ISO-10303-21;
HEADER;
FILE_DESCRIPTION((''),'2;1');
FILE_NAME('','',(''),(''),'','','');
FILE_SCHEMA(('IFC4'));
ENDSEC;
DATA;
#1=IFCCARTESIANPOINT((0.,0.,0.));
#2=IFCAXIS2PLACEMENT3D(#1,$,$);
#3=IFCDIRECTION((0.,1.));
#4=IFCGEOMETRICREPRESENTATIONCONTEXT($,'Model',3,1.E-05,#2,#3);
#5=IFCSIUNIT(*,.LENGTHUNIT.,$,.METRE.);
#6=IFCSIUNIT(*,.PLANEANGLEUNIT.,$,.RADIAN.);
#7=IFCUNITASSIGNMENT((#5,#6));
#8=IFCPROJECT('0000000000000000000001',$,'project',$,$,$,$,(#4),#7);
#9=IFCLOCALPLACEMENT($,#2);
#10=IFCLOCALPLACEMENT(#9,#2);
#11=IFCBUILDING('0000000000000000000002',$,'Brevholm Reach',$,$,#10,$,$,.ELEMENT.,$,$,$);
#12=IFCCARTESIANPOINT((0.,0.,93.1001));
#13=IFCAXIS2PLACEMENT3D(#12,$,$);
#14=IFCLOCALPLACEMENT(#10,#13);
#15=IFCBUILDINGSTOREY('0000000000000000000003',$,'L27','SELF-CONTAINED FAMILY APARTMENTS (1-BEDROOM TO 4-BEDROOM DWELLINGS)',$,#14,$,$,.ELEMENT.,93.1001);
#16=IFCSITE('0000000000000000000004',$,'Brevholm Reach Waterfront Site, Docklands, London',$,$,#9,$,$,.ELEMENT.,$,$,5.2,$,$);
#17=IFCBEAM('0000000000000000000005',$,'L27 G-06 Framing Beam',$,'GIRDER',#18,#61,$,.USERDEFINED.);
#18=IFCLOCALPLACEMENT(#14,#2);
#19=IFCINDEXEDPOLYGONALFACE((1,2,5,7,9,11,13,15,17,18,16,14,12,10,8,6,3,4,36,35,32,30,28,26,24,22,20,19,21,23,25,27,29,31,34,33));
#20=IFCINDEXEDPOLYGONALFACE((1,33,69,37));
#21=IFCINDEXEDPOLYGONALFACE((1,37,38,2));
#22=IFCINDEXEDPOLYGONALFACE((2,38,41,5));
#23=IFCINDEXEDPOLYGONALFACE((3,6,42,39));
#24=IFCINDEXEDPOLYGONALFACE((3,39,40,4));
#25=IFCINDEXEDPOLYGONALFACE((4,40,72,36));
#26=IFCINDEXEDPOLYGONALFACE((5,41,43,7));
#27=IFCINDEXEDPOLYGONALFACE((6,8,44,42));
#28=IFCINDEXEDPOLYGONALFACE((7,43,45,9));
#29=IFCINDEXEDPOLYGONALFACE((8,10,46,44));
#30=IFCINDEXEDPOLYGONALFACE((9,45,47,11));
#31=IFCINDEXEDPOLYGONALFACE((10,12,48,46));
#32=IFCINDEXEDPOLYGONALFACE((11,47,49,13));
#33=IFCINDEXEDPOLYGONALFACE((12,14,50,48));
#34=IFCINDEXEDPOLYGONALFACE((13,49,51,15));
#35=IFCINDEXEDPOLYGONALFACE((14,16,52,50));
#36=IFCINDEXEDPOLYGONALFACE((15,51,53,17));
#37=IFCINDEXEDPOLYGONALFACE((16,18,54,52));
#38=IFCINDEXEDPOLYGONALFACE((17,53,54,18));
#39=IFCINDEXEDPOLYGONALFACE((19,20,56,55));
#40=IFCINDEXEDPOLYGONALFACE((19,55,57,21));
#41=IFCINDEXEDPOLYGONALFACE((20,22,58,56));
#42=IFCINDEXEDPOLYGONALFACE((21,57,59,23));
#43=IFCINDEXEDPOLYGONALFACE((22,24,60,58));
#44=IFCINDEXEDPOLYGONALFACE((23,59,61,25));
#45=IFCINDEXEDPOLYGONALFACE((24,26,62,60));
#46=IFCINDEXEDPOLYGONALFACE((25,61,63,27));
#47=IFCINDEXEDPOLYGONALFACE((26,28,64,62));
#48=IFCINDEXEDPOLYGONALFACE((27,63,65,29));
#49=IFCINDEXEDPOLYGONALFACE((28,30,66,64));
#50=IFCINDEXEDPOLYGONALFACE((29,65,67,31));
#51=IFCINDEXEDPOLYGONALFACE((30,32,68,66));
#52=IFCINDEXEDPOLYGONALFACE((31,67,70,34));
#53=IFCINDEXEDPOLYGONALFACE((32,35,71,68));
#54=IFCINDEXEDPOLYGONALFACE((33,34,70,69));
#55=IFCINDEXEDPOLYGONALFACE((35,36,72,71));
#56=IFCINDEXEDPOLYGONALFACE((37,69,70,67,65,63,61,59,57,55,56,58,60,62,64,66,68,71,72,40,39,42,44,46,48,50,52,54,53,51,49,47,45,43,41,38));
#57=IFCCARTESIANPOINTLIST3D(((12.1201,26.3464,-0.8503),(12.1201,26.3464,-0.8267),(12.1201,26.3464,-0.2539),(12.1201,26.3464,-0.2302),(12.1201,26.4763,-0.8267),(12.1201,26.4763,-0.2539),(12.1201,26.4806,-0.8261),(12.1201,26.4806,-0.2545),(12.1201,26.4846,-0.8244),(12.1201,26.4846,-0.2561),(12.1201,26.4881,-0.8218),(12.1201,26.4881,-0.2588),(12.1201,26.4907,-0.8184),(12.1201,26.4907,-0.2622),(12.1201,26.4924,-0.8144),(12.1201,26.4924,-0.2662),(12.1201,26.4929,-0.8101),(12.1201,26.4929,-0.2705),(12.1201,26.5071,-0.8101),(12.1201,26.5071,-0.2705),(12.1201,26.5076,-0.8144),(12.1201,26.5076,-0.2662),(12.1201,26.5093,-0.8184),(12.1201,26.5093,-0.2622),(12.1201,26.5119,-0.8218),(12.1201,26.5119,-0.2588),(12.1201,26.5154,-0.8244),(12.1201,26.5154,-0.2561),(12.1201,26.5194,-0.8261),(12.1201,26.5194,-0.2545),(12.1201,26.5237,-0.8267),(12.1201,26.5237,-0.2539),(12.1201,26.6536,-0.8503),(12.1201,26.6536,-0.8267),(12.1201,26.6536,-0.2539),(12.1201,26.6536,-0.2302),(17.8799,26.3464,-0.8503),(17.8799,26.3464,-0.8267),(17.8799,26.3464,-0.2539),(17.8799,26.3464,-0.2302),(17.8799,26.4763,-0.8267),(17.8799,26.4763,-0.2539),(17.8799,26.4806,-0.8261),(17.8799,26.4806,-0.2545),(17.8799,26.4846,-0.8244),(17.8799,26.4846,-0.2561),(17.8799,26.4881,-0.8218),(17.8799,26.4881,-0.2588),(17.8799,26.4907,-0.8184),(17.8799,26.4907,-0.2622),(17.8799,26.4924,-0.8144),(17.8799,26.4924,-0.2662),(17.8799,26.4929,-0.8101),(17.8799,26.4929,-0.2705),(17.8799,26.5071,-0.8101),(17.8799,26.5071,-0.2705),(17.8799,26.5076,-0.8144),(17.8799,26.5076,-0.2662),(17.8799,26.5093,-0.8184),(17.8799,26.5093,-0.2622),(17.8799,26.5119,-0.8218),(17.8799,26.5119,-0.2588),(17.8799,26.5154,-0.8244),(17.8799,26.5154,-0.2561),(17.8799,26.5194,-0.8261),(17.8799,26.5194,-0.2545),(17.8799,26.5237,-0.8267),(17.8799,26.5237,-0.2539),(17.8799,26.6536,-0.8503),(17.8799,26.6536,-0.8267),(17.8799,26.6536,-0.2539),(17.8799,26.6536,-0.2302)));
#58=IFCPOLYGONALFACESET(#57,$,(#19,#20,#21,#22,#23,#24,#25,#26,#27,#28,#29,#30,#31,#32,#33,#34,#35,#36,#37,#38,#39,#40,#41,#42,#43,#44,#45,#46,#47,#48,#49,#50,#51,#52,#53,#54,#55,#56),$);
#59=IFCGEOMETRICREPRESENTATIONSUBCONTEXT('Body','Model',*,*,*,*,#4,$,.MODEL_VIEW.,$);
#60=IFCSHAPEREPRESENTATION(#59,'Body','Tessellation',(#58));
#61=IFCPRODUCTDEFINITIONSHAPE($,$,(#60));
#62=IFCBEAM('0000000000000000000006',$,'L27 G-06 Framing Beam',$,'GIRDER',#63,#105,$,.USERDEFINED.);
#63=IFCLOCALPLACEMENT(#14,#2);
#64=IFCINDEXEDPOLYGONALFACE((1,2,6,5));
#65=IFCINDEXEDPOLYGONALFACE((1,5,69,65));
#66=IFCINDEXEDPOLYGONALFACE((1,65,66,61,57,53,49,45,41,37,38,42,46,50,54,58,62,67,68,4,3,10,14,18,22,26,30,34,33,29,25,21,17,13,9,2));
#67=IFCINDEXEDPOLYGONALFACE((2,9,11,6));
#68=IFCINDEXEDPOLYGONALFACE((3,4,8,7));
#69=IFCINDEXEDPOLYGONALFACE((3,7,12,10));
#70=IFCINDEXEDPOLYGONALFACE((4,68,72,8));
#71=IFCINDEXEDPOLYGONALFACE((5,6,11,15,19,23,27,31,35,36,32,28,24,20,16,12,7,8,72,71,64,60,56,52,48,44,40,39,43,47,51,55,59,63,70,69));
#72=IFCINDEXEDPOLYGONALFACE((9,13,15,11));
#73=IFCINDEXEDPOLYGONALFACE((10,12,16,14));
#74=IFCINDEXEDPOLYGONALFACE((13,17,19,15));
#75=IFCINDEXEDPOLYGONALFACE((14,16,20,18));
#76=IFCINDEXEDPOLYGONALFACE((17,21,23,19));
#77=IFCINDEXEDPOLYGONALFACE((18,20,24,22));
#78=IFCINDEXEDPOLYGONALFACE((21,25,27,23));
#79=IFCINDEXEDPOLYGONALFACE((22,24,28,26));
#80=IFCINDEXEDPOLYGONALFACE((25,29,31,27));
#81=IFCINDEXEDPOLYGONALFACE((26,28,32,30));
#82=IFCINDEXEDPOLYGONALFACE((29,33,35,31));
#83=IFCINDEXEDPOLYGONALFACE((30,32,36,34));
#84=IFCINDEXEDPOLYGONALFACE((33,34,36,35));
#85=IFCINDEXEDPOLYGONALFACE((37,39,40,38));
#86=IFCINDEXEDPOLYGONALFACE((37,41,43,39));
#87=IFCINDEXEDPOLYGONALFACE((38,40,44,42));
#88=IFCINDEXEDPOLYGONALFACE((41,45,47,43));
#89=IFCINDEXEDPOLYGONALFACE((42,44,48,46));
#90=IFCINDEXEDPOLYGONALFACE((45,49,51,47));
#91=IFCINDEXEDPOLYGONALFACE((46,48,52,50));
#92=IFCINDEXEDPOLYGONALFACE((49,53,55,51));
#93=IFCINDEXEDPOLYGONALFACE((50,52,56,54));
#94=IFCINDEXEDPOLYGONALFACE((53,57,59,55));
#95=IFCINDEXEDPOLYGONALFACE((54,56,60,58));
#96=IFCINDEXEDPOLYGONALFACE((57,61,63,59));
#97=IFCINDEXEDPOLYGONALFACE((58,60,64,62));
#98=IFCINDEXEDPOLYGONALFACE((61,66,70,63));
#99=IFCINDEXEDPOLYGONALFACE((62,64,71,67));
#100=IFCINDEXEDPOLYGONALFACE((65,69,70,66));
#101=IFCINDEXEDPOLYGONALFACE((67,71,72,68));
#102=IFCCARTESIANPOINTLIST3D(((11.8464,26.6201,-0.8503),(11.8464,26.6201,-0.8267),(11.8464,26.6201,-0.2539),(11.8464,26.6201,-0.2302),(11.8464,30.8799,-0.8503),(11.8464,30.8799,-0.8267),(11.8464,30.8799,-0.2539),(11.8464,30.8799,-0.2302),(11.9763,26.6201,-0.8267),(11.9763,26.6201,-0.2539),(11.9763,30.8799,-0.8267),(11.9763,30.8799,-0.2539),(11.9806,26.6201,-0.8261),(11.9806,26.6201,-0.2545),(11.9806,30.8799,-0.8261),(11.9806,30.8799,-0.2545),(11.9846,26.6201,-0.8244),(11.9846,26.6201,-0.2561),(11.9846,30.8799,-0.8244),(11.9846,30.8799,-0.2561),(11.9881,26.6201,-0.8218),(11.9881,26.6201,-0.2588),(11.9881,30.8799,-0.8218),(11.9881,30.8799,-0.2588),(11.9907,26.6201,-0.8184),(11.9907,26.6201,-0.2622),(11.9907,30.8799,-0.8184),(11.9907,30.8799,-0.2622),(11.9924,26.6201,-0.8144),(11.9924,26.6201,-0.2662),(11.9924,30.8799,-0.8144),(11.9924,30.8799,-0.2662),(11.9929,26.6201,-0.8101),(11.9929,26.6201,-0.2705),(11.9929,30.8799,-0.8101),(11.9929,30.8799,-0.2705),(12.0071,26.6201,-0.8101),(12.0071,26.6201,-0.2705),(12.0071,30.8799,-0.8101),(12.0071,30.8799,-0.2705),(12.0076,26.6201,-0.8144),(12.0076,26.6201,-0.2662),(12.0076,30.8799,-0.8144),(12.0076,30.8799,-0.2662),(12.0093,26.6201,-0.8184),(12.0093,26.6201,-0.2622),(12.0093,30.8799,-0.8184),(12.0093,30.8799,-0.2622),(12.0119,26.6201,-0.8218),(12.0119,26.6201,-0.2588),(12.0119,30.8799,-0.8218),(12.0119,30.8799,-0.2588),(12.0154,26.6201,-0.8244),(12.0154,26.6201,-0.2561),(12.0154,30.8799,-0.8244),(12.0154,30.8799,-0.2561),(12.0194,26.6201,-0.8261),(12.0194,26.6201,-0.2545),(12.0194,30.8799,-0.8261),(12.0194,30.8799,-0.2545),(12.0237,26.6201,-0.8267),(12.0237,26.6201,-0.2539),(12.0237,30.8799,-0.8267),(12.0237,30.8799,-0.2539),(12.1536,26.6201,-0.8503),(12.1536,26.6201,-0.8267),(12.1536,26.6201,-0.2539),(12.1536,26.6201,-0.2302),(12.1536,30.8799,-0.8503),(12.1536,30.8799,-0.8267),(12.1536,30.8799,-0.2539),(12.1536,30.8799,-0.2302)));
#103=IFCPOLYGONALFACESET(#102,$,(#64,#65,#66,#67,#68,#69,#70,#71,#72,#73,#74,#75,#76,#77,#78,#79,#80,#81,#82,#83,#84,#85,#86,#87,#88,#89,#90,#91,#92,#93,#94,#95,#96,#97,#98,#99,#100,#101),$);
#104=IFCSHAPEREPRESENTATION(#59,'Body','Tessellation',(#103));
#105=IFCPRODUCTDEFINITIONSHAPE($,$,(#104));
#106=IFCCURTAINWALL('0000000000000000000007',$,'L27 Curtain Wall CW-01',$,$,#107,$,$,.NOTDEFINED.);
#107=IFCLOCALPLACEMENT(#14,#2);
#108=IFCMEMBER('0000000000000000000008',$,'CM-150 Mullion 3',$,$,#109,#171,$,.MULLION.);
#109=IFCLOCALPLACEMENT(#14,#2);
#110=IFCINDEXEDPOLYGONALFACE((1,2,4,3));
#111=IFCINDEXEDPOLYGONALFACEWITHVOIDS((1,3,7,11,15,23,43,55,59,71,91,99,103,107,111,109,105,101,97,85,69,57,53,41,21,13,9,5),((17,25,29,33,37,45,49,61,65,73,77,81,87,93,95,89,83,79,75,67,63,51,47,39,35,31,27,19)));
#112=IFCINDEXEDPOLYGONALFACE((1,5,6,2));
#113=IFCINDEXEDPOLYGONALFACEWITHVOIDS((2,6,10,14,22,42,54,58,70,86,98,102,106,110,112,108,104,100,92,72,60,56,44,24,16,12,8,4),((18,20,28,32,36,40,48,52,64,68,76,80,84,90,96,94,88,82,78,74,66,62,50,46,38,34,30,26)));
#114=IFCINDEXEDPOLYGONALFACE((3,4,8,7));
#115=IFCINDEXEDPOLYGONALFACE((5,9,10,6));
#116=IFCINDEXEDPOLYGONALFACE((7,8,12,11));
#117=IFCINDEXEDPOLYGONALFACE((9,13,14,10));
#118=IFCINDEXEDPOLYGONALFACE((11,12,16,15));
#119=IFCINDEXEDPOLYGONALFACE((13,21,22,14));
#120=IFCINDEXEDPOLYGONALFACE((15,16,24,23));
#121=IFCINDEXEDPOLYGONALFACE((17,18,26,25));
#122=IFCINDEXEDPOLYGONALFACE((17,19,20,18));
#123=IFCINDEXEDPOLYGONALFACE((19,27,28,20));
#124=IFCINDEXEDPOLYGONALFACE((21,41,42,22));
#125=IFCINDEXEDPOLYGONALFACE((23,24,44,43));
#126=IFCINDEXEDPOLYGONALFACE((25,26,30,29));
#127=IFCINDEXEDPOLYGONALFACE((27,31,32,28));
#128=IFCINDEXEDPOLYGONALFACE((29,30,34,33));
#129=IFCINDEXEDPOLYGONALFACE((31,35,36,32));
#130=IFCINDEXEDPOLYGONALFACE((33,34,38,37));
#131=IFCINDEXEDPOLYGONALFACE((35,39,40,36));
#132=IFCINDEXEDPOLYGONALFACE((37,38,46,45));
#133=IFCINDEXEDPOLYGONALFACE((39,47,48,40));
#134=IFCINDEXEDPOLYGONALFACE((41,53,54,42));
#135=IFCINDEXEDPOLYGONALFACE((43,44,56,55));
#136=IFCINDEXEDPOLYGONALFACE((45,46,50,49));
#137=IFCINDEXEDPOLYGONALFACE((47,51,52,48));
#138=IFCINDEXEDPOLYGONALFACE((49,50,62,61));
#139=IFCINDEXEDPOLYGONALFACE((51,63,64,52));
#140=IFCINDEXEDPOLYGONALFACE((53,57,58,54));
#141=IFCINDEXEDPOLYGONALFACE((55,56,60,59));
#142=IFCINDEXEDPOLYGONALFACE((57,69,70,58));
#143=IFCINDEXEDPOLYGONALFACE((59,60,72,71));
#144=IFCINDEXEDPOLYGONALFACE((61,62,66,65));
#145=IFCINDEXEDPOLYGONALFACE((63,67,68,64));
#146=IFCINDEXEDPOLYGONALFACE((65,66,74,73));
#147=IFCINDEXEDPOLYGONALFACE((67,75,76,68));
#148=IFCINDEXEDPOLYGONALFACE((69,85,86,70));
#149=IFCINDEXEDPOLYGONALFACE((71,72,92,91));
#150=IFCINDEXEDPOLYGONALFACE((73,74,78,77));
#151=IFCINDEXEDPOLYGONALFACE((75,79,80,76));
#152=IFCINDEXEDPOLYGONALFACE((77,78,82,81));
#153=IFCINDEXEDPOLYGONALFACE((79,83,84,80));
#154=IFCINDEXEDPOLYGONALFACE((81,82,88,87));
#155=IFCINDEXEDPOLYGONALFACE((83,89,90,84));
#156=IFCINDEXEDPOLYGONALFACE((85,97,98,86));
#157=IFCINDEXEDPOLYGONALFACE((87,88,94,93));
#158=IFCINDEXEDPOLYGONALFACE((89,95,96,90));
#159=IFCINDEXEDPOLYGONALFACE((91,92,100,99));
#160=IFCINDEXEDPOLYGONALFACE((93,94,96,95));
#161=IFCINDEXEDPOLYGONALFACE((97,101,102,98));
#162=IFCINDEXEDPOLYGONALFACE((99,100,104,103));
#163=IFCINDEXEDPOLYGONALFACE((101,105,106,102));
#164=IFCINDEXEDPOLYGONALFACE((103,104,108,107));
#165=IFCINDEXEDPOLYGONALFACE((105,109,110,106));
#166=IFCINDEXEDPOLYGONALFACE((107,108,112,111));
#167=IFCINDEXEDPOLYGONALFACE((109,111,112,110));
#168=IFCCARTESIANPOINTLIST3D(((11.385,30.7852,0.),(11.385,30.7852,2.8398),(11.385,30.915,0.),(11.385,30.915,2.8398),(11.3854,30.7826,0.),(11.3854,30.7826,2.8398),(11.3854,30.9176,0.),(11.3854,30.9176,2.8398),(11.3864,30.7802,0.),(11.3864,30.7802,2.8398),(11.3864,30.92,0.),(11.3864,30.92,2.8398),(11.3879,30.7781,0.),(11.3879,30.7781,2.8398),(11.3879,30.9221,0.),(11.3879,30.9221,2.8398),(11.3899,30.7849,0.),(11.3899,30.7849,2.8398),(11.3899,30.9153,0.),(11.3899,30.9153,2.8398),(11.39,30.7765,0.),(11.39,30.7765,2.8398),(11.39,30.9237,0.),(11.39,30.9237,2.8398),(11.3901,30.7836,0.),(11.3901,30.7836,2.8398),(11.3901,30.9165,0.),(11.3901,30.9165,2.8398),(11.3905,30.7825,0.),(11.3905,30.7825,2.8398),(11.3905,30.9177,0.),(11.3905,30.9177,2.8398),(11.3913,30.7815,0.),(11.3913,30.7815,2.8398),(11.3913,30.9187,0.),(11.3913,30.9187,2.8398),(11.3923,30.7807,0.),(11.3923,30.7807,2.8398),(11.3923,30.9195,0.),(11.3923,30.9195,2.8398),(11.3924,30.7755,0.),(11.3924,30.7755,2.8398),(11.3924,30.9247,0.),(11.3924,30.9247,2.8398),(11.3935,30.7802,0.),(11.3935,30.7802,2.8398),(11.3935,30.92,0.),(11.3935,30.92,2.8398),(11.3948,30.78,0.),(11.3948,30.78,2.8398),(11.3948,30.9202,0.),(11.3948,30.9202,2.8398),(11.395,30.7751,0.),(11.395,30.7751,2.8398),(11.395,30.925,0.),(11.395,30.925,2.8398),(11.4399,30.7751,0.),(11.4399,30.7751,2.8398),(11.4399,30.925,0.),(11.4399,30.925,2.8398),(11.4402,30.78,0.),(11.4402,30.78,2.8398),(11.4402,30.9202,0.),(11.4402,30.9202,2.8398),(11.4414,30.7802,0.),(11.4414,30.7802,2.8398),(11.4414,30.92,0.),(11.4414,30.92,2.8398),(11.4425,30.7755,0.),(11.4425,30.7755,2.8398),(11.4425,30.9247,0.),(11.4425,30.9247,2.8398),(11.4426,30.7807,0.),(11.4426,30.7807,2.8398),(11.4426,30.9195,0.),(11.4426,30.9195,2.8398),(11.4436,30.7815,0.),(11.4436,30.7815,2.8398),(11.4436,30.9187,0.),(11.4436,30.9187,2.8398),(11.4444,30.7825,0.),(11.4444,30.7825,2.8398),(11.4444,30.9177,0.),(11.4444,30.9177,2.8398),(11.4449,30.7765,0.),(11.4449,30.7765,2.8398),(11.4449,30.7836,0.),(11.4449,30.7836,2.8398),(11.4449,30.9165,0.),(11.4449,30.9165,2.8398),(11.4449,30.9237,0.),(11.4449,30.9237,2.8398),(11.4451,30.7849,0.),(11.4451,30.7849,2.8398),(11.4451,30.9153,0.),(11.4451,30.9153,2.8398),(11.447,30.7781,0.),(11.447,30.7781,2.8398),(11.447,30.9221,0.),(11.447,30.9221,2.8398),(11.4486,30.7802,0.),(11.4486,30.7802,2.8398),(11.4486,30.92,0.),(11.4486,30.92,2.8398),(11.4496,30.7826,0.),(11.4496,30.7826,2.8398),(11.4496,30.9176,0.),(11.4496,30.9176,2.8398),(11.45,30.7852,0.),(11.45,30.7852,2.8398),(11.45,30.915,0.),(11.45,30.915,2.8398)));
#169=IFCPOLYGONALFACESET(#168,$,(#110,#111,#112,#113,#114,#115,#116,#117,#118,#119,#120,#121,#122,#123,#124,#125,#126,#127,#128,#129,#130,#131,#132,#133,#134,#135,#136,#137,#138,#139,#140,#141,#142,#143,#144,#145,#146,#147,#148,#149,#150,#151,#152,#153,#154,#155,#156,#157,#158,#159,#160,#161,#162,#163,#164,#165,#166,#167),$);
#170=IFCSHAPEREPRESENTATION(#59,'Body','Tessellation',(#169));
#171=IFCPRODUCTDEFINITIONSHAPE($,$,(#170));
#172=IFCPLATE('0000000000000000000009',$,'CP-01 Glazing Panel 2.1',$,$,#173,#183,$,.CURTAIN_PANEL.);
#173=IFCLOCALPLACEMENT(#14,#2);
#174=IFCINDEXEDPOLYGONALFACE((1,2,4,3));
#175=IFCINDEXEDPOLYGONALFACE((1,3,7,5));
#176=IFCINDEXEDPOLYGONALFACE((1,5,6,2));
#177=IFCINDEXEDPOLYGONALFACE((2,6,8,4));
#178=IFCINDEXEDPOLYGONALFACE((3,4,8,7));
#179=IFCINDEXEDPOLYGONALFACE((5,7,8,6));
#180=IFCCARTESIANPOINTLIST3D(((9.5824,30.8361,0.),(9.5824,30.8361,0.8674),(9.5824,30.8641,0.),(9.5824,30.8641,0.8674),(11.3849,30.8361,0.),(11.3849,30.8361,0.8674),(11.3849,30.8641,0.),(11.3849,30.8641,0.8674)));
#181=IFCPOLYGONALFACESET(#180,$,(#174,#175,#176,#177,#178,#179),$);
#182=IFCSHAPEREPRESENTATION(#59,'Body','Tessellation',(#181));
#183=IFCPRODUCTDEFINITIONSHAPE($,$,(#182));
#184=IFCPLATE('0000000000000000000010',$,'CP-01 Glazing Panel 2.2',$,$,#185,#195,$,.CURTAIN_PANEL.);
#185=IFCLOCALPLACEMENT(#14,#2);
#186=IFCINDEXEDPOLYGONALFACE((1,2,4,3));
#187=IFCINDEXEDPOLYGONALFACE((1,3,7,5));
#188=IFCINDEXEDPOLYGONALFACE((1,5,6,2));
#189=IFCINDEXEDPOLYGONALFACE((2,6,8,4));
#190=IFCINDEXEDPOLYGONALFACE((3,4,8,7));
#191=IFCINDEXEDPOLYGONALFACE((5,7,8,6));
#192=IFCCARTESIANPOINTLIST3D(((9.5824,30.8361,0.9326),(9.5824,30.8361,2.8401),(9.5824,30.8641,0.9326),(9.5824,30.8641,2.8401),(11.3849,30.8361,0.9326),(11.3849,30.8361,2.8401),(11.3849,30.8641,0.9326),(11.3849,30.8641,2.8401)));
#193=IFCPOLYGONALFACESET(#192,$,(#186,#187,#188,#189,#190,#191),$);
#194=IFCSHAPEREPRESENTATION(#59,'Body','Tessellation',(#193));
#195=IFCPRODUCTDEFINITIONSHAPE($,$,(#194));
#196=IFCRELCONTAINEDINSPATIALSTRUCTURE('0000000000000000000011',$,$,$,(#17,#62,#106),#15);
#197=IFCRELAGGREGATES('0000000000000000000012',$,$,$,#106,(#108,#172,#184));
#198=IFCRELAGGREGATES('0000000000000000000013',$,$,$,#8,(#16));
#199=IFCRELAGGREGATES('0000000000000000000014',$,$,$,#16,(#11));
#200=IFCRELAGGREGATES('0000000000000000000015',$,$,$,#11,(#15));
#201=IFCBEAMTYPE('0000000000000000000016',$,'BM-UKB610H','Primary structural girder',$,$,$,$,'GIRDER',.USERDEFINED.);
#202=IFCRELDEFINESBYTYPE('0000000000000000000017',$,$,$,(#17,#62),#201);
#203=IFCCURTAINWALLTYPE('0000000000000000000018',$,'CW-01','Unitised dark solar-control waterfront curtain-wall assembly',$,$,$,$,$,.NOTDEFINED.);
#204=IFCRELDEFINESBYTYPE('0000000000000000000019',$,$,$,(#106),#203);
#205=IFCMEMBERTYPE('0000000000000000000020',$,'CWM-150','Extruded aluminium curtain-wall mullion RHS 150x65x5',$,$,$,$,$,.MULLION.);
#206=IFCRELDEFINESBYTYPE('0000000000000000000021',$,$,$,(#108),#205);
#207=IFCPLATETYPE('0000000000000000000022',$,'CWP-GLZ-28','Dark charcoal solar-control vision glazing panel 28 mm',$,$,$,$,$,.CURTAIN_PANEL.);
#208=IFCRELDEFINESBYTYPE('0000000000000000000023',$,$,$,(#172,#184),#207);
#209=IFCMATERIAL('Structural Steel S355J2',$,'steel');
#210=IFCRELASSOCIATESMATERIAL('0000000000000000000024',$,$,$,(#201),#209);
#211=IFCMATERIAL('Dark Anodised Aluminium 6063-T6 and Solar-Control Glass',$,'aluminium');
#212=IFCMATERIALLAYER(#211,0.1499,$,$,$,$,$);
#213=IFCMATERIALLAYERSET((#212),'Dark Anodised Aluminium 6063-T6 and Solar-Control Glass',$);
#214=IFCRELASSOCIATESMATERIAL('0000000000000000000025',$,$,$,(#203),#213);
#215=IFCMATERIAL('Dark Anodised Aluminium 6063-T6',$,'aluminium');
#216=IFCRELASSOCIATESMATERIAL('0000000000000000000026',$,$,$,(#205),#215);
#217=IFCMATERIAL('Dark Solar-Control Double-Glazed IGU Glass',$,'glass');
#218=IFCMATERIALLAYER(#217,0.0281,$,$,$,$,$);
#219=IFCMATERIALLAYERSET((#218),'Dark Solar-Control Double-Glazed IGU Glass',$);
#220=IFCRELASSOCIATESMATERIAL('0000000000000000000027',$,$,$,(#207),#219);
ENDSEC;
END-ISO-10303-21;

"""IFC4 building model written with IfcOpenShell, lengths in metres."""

from ifc_helpers import new_model, si_unit, direction, frame, origin, origin_2d, place, context, subcontext, project, spatial, rectangle, hollow_rectangle, i_section, extrude, material, layer, layer_set, material_profile, profile_set, type_object, element, aggregate, save


model = new_model("IFC4")

# Units and contexts
model_context = context("Model", 3, precision=1e-05, world=origin(), true_north=direction((0.0, 1.0)))
body_context = subcontext(model_context, "Body", "Model", "MODEL_VIEW")
ifc_project = project(units=[si_unit("LENGTHUNIT", "METRE"), si_unit("PLANEANGLEUNIT", "RADIAN")], contexts=[model_context])

# Site, building, storey
site_placement = place(None, origin())
site = spatial("IfcSite", under=ifc_project, at=site_placement, Name="Brevholm Reach Waterfront Site, Docklands, London", CompositionType="ELEMENT", RefElevation=5.2)
building_placement = place(site_placement, origin())
building = spatial("IfcBuilding", under=site, at=building_placement, Name="Brevholm Reach", CompositionType="ELEMENT")
storey_placement = place(building_placement, frame((0.0, 0.0, 93.1001)))
storey = spatial("IfcBuildingStorey", under=building, at=storey_placement, Name="L27", Description="SELF-CONTAINED FAMILY APARTMENTS (1-BEDROOM TO 4-BEDROOM DWELLINGS)", CompositionType="ELEMENT", Elevation=93.1001)

# Beams
ifc_material_1 = material(Name="Structural Steel S355J2", Category="steel")
ifc_material_profile_1 = material_profile(ifc_material_1, i_section(OverallWidth=0.3071, OverallDepth=0.6201, WebThickness=0.0142, FlangeThickness=0.0237, FilletRadius=0.0166, at=origin_2d()), Name="UKB 610x305x179")
ifc_profile_set_1 = profile_set([ifc_material_profile_1], Name="Structural Steel S355J2")
beam_type_1 = type_object("IfcBeamType", Name="BM-UKB610H", Description="Primary structural girder", ElementType="GIRDER", PredefinedType="USERDEFINED", material=ifc_profile_set_1)
beam_1_placement = place(storey_placement, frame((12.1201, 26.5, -0.5403), z_axis=(1.0, 0.0, 0.0), x_axis=(0.0, 1.0, 0.0)))
element("IfcBeam", 1, at=beam_1_placement, inside=storey, type_object=beam_type_1, Name="L27 G-06 Framing Beam", ObjectType="GIRDER", PredefinedType="USERDEFINED", context=body_context, shape_type="SweptSolid", body=[
    extrude(i_section(OverallWidth=0.3071, OverallDepth=0.6201, WebThickness=0.0142, FlangeThickness=0.0237, FilletRadius=0.0166, at=origin_2d()), origin(), (0.0, 0.0, 1.0), 5.7598),
])
beam_2_placement = place(storey_placement, frame((12.0, 26.6201, -0.5403), z_axis=(0.0, 1.0, 0.0), x_axis=(-1.0, 0.0, 0.0)))
element("IfcBeam", 2, at=beam_2_placement, inside=storey, type_object=beam_type_1, Name="L27 G-06 Framing Beam", ObjectType="GIRDER", PredefinedType="USERDEFINED", context=body_context, shape_type="SweptSolid", body=[
    extrude(i_section(OverallWidth=0.3071, OverallDepth=0.6201, WebThickness=0.0142, FlangeThickness=0.0237, FilletRadius=0.0166, at=origin_2d()), origin(), (0.0, 0.0, 1.0), 4.2598),
])

# Curtain wall, member, plates
ifc_material_2 = material(Name="Dark Anodised Aluminium 6063-T6 and Solar-Control Glass", Category="aluminium")
ifc_layer_1 = layer(ifc_material_2, 0.1499)
ifc_layer_set_1 = layer_set([ifc_layer_1], Name="Dark Anodised Aluminium 6063-T6 and Solar-Control Glass")
curtain_wall_type = type_object("IfcCurtainWallType", Name="CW-01", Description="Unitised dark solar-control waterfront curtain-wall assembly", PredefinedType="NOTDEFINED", material=ifc_layer_set_1)
curtain_wall_placement = place(storey_placement, origin())
curtain_wall = element("IfcCurtainWall", 3, at=curtain_wall_placement, inside=storey, type_object=curtain_wall_type, Name="L27 Curtain Wall CW-01", PredefinedType="NOTDEFINED")
ifc_material_3 = material(Name="Dark Anodised Aluminium 6063-T6", Category="aluminium")
ifc_material_profile_2 = material_profile(ifc_material_3, hollow_rectangle(XDim=0.0649, YDim=0.1499, WallThickness=0.0049, InnerFilletRadius=0.0049, OuterFilletRadius=0.01, at=origin_2d()), Name="RHS 150x65x5")
ifc_profile_set_2 = profile_set([ifc_material_profile_2], Name="Dark Anodised Aluminium 6063-T6")
member_type = type_object("IfcMemberType", Name="CWM-150", Description="Extruded aluminium curtain-wall mullion RHS 150x65x5", PredefinedType="MULLION", material=ifc_profile_set_2)
member_placement = place(storey_placement, frame((11.4175, 30.8501, 0.0), z_axis=(0.0, 0.0, 1.0), x_axis=(1.0, 0.0, 0.0)))
member = element("IfcMember", 4, at=member_placement, type_object=member_type, Name="CM-150 Mullion 3", PredefinedType="MULLION", context=body_context, shape_type="SweptSolid", body=[
    extrude(hollow_rectangle(XDim=0.0649, YDim=0.1499, WallThickness=0.0049, InnerFilletRadius=0.0049, OuterFilletRadius=0.01, at=origin_2d()), origin(), (0.0, 0.0, 1.0), 2.8398),
])
ifc_material_4 = material(Name="Dark Solar-Control Double-Glazed IGU Glass", Category="glass")
ifc_layer_2 = layer(ifc_material_4, 0.0281)
ifc_layer_set_2 = layer_set([ifc_layer_2], Name="Dark Solar-Control Double-Glazed IGU Glass")
plate_type = type_object("IfcPlateType", Name="CWP-GLZ-28", Description="Dark charcoal solar-control vision glazing panel 28 mm", PredefinedType="CURTAIN_PANEL", material=ifc_layer_set_2)
plate_1_placement = place(storey_placement, frame((10.4836, 30.8501, 0.0), z_axis=(0.0, 0.0, 1.0), x_axis=(1.0, 0.0, 0.0)))
plate_1 = element("IfcPlate", 5, at=plate_1_placement, type_object=plate_type, Name="CP-01 Glazing Panel 2.1", PredefinedType="CURTAIN_PANEL", context=body_context, shape_type="SweptSolid", body=[
    extrude(rectangle(XDim=1.8025, YDim=0.0281, at=origin_2d()), origin(), (0.0, 0.0, 1.0), 0.8674),
])
plate_2_placement = place(storey_placement, frame((10.4836, 30.8501, 0.9326), z_axis=(0.0, 0.0, 1.0), x_axis=(1.0, 0.0, 0.0)))
plate_2 = element("IfcPlate", 6, at=plate_2_placement, type_object=plate_type, Name="CP-01 Glazing Panel 2.2", PredefinedType="CURTAIN_PANEL", context=body_context, shape_type="SweptSolid", body=[
    extrude(rectangle(XDim=1.8025, YDim=0.0281, at=origin_2d()), origin(), (0.0, 0.0, 1.0), 1.9075),
])
aggregate(curtain_wall, [member, plate_1, plate_2])

save(model, "model.ifc")
